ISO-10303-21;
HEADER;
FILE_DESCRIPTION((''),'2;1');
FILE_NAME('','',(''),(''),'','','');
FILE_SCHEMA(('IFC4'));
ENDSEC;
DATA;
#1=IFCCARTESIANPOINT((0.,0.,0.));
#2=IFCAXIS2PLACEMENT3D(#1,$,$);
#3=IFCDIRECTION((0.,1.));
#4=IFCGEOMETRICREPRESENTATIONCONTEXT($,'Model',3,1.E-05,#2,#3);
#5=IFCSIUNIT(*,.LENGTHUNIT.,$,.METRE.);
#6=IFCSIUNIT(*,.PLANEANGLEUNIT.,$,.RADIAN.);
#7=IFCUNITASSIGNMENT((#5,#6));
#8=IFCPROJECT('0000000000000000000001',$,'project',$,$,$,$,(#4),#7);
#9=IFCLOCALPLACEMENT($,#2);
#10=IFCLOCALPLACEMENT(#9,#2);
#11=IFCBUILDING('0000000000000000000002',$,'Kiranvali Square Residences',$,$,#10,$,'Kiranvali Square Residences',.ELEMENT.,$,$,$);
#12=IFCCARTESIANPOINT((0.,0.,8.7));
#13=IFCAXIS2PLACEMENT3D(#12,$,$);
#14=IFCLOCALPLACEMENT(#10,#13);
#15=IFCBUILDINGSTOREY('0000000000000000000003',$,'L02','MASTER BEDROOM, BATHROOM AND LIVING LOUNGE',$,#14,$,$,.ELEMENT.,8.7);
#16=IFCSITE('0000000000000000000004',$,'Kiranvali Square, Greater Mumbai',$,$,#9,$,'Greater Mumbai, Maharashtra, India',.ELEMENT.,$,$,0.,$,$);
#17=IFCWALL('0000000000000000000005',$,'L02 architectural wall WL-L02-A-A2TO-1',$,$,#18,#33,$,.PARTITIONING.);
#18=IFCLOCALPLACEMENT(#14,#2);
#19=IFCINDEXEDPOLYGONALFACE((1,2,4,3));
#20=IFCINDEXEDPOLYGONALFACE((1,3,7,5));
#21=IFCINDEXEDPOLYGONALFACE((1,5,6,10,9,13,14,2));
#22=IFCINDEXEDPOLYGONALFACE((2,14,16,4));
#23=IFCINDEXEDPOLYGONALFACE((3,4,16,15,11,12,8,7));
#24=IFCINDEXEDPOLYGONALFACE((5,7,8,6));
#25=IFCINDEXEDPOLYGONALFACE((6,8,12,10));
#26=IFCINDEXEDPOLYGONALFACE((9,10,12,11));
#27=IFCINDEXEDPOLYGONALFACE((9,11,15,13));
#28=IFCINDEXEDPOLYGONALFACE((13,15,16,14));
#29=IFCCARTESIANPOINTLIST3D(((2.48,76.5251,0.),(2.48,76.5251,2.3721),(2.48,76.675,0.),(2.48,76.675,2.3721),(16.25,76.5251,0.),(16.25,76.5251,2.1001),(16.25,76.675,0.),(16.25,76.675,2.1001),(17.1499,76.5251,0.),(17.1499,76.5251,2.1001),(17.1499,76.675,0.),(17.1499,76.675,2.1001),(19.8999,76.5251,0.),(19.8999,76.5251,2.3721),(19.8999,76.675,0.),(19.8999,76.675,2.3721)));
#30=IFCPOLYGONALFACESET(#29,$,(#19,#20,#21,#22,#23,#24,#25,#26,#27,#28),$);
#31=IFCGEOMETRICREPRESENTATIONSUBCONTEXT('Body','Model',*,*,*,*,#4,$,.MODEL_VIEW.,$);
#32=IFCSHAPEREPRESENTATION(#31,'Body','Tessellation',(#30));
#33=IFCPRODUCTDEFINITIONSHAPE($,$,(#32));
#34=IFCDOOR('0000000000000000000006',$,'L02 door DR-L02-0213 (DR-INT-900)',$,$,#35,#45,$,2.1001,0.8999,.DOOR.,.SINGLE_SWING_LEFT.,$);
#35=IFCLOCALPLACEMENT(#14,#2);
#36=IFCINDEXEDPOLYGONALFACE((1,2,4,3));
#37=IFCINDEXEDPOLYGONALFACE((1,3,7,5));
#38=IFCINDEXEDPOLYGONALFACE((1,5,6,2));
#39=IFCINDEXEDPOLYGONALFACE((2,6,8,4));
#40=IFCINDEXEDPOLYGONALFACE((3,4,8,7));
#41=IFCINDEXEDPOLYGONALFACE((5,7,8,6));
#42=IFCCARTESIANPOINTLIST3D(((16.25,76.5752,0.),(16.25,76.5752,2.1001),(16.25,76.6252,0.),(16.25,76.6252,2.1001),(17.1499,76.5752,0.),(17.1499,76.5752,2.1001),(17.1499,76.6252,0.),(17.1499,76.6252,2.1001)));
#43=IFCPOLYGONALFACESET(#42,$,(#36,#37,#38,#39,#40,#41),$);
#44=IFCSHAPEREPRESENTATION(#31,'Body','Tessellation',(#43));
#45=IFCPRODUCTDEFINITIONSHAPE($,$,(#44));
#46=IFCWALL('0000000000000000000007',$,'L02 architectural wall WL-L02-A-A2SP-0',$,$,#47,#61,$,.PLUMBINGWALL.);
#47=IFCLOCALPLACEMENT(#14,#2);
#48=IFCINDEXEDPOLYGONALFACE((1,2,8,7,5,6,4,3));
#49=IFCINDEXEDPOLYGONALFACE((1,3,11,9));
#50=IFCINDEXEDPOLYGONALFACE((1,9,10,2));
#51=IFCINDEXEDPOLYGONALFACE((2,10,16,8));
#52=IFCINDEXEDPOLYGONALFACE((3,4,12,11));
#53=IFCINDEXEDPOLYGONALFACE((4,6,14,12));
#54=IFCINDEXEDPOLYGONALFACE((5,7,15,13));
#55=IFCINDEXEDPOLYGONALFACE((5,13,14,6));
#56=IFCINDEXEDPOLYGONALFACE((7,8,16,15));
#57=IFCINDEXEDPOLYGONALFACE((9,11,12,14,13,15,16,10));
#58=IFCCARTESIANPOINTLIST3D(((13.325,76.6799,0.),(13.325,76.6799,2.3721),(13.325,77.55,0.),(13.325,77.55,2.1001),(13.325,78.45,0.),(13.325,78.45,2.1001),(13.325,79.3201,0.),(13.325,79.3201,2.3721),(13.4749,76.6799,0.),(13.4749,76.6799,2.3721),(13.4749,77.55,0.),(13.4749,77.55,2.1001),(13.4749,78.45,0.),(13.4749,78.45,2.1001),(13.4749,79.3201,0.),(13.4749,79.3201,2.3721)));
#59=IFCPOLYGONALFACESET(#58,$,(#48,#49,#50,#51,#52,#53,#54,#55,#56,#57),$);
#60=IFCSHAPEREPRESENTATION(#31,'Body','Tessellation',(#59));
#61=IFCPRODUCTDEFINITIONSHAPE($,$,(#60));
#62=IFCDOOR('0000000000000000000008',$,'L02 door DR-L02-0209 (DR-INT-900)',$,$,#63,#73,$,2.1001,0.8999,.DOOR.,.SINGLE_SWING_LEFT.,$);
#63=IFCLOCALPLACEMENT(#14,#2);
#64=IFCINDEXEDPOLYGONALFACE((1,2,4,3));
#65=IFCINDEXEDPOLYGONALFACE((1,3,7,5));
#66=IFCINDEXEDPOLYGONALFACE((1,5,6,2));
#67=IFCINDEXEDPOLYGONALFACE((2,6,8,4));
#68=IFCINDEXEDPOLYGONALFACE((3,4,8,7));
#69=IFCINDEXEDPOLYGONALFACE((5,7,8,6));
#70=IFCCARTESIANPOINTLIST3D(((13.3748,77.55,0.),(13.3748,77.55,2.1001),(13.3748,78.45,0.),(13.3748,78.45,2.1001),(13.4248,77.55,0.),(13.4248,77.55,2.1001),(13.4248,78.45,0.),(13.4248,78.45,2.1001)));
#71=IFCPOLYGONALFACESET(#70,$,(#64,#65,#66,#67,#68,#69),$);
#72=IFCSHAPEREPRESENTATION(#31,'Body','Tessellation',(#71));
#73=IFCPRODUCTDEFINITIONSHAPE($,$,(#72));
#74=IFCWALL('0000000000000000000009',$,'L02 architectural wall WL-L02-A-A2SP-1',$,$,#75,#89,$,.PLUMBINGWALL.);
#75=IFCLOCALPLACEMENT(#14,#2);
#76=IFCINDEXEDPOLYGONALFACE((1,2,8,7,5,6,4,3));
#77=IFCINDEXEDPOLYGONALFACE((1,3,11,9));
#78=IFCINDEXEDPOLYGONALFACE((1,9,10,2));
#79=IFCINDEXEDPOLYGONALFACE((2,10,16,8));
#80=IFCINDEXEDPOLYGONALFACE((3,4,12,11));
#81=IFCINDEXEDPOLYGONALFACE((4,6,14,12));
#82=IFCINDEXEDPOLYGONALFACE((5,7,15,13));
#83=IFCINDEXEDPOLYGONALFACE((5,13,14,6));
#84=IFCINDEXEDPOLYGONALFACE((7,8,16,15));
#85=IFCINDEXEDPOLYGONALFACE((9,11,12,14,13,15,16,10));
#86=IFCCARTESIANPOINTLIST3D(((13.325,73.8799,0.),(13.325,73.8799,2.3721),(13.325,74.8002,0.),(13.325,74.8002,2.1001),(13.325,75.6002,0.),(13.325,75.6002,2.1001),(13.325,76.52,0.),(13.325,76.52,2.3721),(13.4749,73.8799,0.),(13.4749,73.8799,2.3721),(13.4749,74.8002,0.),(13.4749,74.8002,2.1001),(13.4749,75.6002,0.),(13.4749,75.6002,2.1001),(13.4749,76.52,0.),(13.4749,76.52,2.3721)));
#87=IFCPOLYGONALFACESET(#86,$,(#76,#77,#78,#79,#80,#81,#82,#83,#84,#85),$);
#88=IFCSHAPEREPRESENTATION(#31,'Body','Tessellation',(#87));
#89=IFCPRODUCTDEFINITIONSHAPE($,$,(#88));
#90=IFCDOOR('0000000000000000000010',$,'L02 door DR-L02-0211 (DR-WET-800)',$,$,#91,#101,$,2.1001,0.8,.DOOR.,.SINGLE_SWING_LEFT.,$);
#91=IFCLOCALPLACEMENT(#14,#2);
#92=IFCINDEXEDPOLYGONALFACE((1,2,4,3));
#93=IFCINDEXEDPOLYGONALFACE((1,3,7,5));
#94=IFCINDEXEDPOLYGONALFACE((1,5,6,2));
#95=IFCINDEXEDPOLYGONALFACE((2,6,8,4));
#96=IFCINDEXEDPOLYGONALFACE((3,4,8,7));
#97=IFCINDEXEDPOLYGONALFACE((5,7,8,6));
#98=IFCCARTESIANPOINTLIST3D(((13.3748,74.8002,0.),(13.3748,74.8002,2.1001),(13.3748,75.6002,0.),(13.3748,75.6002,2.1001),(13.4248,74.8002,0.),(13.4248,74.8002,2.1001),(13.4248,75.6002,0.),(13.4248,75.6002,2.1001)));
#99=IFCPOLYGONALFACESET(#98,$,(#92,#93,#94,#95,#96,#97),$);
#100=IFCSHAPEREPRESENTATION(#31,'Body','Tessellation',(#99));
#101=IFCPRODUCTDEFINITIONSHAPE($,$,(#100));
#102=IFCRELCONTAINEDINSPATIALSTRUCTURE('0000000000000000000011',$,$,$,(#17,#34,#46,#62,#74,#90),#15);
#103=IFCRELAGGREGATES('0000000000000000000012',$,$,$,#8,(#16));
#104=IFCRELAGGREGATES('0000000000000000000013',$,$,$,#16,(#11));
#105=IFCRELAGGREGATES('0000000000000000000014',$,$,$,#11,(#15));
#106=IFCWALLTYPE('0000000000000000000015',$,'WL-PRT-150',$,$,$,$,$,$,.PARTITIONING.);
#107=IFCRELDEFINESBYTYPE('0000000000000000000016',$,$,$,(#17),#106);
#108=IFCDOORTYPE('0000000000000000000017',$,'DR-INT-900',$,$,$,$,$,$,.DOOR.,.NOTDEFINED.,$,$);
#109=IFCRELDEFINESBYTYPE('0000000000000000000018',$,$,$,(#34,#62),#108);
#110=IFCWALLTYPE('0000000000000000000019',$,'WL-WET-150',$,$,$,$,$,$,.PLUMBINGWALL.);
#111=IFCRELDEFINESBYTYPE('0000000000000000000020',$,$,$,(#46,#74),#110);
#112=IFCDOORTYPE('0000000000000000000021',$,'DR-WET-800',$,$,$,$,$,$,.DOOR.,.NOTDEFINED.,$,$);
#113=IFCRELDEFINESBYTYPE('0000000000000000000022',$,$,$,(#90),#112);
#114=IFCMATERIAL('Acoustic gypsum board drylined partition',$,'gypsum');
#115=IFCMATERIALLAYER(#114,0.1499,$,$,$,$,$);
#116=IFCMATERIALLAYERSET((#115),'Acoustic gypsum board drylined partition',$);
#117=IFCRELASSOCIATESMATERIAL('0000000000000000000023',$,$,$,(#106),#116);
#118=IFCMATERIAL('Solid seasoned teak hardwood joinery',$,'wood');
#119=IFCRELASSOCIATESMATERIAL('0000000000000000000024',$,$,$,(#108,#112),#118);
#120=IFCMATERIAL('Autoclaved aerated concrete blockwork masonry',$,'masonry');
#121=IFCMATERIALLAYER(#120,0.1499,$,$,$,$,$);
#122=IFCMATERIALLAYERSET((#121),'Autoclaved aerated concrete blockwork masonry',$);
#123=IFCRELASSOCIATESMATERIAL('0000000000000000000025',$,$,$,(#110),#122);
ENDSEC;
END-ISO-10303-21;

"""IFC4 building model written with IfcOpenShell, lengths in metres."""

from ifc_helpers import new_model, si_unit, direction, frame, frame_2d, origin, place, context, subcontext, project, spatial, rectangle, extrude, material, layer, layer_set, type_object, element, fill, save


model = new_model("IFC4")

# Units and contexts
model_context = context("Model", 3, precision=1e-05, world=origin(), true_north=direction((0.0, 1.0)))
body_context = subcontext(model_context, "Body", "Model", "MODEL_VIEW")
ifc_project = project(units=[si_unit("LENGTHUNIT", "METRE"), si_unit("PLANEANGLEUNIT", "RADIAN")], contexts=[model_context])

# Site, building, storey
site_placement = place(None, origin())
site = spatial("IfcSite", under=ifc_project, at=site_placement, Name="Kiranvali Square, Greater Mumbai", LongName="Greater Mumbai, Maharashtra, India", CompositionType="ELEMENT", RefElevation=0.0)
building_placement = place(site_placement, origin())
building = spatial("IfcBuilding", under=site, at=building_placement, Name="Kiranvali Square Residences", LongName="Kiranvali Square Residences", CompositionType="ELEMENT")
storey_placement = place(building_placement, frame((0.0, 0.0, 8.7)))
storey = spatial("IfcBuildingStorey", under=building, at=storey_placement, Name="L02", Description="MASTER BEDROOM, BATHROOM AND LIVING LOUNGE", CompositionType="ELEMENT", Elevation=8.7)

# Walls, openings, doors
ifc_material_1 = material(Name="Acoustic gypsum board drylined partition", Category="gypsum")
ifc_layer_1 = layer(ifc_material_1, 0.1499)
ifc_layer_set_1 = layer_set([ifc_layer_1], Name="Acoustic gypsum board drylined partition")
wall_type_1 = type_object("IfcWallType", Name="WL-PRT-150", PredefinedType="PARTITIONING", material=ifc_layer_set_1)
wall_1_placement = place(storey_placement, frame((19.8999, 76.6001, 0.0), z_axis=(0.0, 0.0, 1.0), x_axis=(-1.0, 0.0, 0.0)))
wall_1 = element("IfcWall", 1, at=wall_1_placement, inside=storey, type_object=wall_type_1, Name="L02 architectural wall WL-L02-A-A2TO-1", PredefinedType="PARTITIONING", context=body_context, shape_type="SweptSolid", body=[
    extrude(rectangle(XDim=17.4199, YDim=0.1499, at=frame_2d((8.71, 0.0))), origin(), (0.0, 0.0, 1.0), 2.3721),
])
opening_1_placement = place(wall_1_placement, frame((2.75, 0.0, 0.0)))
opening_1 = element("IfcOpeningElement", 2, at=opening_1_placement, cuts=wall_1, PredefinedType="OPENING", context=body_context, shape_type="SweptSolid", body=[
    extrude(rectangle(XDim=0.8999, YDim=2.1001, at=frame_2d((0.45, 1.05))), frame((0.0, 0.085, 0.0), z_axis=(0.0, -1.0, 0.0), x_axis=(1.0, 0.0, 0.0)), (0.0, 0.0, 1.0), 0.1699),
])
ifc_material_2 = material(Name="Solid seasoned teak hardwood joinery", Category="wood")
door_type_1 = type_object("IfcDoorType", Name="DR-INT-900", OperationType="NOTDEFINED", PredefinedType="DOOR", material=ifc_material_2)
door_1_placement = place(opening_1_placement, origin())
door_1 = element("IfcDoor", 3, at=door_1_placement, inside=storey, type_object=door_type_1, Name="L02 door DR-L02-0213 (DR-INT-900)", OperationType="SINGLE_SWING_LEFT", OverallHeight=2.1001, OverallWidth=0.8999, PredefinedType="DOOR", context=body_context, shape_type="SweptSolid", body=[
    extrude(rectangle(XDim=0.8999, YDim=2.1001, at=frame_2d((0.45, 1.05))), frame((0.0, 0.0249, 0.0), z_axis=(0.0, -1.0, 0.0), x_axis=(1.0, 0.0, 0.0)), (0.0, 0.0, 1.0), 0.05),
])
fill(opening_1, door_1)
ifc_material_3 = material(Name="Autoclaved aerated concrete blockwork masonry", Category="masonry")
ifc_layer_2 = layer(ifc_material_3, 0.1499)
ifc_layer_set_2 = layer_set([ifc_layer_2], Name="Autoclaved aerated concrete blockwork masonry")
wall_type_2 = type_object("IfcWallType", Name="WL-WET-150", PredefinedType="PLUMBINGWALL", material=ifc_layer_set_2)
wall_2_placement = place(storey_placement, frame((13.3999, 79.3201, 0.0), z_axis=(0.0, 0.0, 1.0), x_axis=(0.0, -1.0, 0.0)))
wall_2 = element("IfcWall", 4, at=wall_2_placement, inside=storey, type_object=wall_type_2, Name="L02 architectural wall WL-L02-A-A2SP-0", PredefinedType="PLUMBINGWALL", context=body_context, shape_type="SweptSolid", body=[
    extrude(rectangle(XDim=2.6401, YDim=0.1499, at=frame_2d((1.3201, 0.0))), origin(), (0.0, 0.0, 1.0), 2.3721),
])
opening_2_placement = place(wall_2_placement, frame((0.8701, 0.0, 0.0)))
opening_2 = element("IfcOpeningElement", 5, at=opening_2_placement, cuts=wall_2, PredefinedType="OPENING", context=body_context, shape_type="SweptSolid", body=[
    extrude(rectangle(XDim=0.8999, YDim=2.1001, at=frame_2d((0.45, 1.05))), frame((0.0, 0.085, 0.0), z_axis=(0.0, -1.0, 0.0), x_axis=(1.0, 0.0, 0.0)), (0.0, 0.0, 1.0), 0.1699),
])
door_2_placement = place(opening_2_placement, origin())
door_2 = element("IfcDoor", 6, at=door_2_placement, inside=storey, type_object=door_type_1, Name="L02 door DR-L02-0209 (DR-INT-900)", OperationType="SINGLE_SWING_LEFT", OverallHeight=2.1001, OverallWidth=0.8999, PredefinedType="DOOR", context=body_context, shape_type="SweptSolid", body=[
    extrude(rectangle(XDim=0.8999, YDim=2.1001, at=frame_2d((0.45, 1.05))), frame((0.0, 0.0249, 0.0), z_axis=(0.0, -1.0, 0.0), x_axis=(1.0, 0.0, 0.0)), (0.0, 0.0, 1.0), 0.05),
])
fill(opening_2, door_2)
wall_3_placement = place(storey_placement, frame((13.3999, 76.52, 0.0), z_axis=(0.0, 0.0, 1.0), x_axis=(0.0, -1.0, 0.0)))
wall_3 = element("IfcWall", 7, at=wall_3_placement, inside=storey, type_object=wall_type_2, Name="L02 architectural wall WL-L02-A-A2SP-1", PredefinedType="PLUMBINGWALL", context=body_context, shape_type="SweptSolid", body=[
    extrude(rectangle(XDim=2.6401, YDim=0.1499, at=frame_2d((1.3201, 0.0))), origin(), (0.0, 0.0, 1.0), 2.3721),
])
opening_3_placement = place(wall_3_placement, frame((0.9199, 0.0, 0.0)))
opening_3 = element("IfcOpeningElement", 8, at=opening_3_placement, cuts=wall_3, PredefinedType="OPENING", context=body_context, shape_type="SweptSolid", body=[
    extrude(rectangle(XDim=0.8, YDim=2.1001, at=frame_2d((0.3999, 1.05))), frame((0.0, 0.085, 0.0), z_axis=(0.0, -1.0, 0.0), x_axis=(1.0, 0.0, 0.0)), (0.0, 0.0, 1.0), 0.1699),
])
door_type_2 = type_object("IfcDoorType", Name="DR-WET-800", OperationType="NOTDEFINED", PredefinedType="DOOR", material=ifc_material_2)
door_3_placement = place(opening_3_placement, origin())
door_3 = element("IfcDoor", 9, at=door_3_placement, inside=storey, type_object=door_type_2, Name="L02 door DR-L02-0211 (DR-WET-800)", OperationType="SINGLE_SWING_LEFT", OverallHeight=2.1001, OverallWidth=0.8, PredefinedType="DOOR", context=body_context, shape_type="SweptSolid", body=[
    extrude(rectangle(XDim=0.8, YDim=2.1001, at=frame_2d((0.3999, 1.05))), frame((0.0, 0.0249, 0.0), z_axis=(0.0, -1.0, 0.0), x_axis=(1.0, 0.0, 0.0)), (0.0, 0.0, 1.0), 0.05),
])
fill(opening_3, door_3)

save(model, "model.ifc")
